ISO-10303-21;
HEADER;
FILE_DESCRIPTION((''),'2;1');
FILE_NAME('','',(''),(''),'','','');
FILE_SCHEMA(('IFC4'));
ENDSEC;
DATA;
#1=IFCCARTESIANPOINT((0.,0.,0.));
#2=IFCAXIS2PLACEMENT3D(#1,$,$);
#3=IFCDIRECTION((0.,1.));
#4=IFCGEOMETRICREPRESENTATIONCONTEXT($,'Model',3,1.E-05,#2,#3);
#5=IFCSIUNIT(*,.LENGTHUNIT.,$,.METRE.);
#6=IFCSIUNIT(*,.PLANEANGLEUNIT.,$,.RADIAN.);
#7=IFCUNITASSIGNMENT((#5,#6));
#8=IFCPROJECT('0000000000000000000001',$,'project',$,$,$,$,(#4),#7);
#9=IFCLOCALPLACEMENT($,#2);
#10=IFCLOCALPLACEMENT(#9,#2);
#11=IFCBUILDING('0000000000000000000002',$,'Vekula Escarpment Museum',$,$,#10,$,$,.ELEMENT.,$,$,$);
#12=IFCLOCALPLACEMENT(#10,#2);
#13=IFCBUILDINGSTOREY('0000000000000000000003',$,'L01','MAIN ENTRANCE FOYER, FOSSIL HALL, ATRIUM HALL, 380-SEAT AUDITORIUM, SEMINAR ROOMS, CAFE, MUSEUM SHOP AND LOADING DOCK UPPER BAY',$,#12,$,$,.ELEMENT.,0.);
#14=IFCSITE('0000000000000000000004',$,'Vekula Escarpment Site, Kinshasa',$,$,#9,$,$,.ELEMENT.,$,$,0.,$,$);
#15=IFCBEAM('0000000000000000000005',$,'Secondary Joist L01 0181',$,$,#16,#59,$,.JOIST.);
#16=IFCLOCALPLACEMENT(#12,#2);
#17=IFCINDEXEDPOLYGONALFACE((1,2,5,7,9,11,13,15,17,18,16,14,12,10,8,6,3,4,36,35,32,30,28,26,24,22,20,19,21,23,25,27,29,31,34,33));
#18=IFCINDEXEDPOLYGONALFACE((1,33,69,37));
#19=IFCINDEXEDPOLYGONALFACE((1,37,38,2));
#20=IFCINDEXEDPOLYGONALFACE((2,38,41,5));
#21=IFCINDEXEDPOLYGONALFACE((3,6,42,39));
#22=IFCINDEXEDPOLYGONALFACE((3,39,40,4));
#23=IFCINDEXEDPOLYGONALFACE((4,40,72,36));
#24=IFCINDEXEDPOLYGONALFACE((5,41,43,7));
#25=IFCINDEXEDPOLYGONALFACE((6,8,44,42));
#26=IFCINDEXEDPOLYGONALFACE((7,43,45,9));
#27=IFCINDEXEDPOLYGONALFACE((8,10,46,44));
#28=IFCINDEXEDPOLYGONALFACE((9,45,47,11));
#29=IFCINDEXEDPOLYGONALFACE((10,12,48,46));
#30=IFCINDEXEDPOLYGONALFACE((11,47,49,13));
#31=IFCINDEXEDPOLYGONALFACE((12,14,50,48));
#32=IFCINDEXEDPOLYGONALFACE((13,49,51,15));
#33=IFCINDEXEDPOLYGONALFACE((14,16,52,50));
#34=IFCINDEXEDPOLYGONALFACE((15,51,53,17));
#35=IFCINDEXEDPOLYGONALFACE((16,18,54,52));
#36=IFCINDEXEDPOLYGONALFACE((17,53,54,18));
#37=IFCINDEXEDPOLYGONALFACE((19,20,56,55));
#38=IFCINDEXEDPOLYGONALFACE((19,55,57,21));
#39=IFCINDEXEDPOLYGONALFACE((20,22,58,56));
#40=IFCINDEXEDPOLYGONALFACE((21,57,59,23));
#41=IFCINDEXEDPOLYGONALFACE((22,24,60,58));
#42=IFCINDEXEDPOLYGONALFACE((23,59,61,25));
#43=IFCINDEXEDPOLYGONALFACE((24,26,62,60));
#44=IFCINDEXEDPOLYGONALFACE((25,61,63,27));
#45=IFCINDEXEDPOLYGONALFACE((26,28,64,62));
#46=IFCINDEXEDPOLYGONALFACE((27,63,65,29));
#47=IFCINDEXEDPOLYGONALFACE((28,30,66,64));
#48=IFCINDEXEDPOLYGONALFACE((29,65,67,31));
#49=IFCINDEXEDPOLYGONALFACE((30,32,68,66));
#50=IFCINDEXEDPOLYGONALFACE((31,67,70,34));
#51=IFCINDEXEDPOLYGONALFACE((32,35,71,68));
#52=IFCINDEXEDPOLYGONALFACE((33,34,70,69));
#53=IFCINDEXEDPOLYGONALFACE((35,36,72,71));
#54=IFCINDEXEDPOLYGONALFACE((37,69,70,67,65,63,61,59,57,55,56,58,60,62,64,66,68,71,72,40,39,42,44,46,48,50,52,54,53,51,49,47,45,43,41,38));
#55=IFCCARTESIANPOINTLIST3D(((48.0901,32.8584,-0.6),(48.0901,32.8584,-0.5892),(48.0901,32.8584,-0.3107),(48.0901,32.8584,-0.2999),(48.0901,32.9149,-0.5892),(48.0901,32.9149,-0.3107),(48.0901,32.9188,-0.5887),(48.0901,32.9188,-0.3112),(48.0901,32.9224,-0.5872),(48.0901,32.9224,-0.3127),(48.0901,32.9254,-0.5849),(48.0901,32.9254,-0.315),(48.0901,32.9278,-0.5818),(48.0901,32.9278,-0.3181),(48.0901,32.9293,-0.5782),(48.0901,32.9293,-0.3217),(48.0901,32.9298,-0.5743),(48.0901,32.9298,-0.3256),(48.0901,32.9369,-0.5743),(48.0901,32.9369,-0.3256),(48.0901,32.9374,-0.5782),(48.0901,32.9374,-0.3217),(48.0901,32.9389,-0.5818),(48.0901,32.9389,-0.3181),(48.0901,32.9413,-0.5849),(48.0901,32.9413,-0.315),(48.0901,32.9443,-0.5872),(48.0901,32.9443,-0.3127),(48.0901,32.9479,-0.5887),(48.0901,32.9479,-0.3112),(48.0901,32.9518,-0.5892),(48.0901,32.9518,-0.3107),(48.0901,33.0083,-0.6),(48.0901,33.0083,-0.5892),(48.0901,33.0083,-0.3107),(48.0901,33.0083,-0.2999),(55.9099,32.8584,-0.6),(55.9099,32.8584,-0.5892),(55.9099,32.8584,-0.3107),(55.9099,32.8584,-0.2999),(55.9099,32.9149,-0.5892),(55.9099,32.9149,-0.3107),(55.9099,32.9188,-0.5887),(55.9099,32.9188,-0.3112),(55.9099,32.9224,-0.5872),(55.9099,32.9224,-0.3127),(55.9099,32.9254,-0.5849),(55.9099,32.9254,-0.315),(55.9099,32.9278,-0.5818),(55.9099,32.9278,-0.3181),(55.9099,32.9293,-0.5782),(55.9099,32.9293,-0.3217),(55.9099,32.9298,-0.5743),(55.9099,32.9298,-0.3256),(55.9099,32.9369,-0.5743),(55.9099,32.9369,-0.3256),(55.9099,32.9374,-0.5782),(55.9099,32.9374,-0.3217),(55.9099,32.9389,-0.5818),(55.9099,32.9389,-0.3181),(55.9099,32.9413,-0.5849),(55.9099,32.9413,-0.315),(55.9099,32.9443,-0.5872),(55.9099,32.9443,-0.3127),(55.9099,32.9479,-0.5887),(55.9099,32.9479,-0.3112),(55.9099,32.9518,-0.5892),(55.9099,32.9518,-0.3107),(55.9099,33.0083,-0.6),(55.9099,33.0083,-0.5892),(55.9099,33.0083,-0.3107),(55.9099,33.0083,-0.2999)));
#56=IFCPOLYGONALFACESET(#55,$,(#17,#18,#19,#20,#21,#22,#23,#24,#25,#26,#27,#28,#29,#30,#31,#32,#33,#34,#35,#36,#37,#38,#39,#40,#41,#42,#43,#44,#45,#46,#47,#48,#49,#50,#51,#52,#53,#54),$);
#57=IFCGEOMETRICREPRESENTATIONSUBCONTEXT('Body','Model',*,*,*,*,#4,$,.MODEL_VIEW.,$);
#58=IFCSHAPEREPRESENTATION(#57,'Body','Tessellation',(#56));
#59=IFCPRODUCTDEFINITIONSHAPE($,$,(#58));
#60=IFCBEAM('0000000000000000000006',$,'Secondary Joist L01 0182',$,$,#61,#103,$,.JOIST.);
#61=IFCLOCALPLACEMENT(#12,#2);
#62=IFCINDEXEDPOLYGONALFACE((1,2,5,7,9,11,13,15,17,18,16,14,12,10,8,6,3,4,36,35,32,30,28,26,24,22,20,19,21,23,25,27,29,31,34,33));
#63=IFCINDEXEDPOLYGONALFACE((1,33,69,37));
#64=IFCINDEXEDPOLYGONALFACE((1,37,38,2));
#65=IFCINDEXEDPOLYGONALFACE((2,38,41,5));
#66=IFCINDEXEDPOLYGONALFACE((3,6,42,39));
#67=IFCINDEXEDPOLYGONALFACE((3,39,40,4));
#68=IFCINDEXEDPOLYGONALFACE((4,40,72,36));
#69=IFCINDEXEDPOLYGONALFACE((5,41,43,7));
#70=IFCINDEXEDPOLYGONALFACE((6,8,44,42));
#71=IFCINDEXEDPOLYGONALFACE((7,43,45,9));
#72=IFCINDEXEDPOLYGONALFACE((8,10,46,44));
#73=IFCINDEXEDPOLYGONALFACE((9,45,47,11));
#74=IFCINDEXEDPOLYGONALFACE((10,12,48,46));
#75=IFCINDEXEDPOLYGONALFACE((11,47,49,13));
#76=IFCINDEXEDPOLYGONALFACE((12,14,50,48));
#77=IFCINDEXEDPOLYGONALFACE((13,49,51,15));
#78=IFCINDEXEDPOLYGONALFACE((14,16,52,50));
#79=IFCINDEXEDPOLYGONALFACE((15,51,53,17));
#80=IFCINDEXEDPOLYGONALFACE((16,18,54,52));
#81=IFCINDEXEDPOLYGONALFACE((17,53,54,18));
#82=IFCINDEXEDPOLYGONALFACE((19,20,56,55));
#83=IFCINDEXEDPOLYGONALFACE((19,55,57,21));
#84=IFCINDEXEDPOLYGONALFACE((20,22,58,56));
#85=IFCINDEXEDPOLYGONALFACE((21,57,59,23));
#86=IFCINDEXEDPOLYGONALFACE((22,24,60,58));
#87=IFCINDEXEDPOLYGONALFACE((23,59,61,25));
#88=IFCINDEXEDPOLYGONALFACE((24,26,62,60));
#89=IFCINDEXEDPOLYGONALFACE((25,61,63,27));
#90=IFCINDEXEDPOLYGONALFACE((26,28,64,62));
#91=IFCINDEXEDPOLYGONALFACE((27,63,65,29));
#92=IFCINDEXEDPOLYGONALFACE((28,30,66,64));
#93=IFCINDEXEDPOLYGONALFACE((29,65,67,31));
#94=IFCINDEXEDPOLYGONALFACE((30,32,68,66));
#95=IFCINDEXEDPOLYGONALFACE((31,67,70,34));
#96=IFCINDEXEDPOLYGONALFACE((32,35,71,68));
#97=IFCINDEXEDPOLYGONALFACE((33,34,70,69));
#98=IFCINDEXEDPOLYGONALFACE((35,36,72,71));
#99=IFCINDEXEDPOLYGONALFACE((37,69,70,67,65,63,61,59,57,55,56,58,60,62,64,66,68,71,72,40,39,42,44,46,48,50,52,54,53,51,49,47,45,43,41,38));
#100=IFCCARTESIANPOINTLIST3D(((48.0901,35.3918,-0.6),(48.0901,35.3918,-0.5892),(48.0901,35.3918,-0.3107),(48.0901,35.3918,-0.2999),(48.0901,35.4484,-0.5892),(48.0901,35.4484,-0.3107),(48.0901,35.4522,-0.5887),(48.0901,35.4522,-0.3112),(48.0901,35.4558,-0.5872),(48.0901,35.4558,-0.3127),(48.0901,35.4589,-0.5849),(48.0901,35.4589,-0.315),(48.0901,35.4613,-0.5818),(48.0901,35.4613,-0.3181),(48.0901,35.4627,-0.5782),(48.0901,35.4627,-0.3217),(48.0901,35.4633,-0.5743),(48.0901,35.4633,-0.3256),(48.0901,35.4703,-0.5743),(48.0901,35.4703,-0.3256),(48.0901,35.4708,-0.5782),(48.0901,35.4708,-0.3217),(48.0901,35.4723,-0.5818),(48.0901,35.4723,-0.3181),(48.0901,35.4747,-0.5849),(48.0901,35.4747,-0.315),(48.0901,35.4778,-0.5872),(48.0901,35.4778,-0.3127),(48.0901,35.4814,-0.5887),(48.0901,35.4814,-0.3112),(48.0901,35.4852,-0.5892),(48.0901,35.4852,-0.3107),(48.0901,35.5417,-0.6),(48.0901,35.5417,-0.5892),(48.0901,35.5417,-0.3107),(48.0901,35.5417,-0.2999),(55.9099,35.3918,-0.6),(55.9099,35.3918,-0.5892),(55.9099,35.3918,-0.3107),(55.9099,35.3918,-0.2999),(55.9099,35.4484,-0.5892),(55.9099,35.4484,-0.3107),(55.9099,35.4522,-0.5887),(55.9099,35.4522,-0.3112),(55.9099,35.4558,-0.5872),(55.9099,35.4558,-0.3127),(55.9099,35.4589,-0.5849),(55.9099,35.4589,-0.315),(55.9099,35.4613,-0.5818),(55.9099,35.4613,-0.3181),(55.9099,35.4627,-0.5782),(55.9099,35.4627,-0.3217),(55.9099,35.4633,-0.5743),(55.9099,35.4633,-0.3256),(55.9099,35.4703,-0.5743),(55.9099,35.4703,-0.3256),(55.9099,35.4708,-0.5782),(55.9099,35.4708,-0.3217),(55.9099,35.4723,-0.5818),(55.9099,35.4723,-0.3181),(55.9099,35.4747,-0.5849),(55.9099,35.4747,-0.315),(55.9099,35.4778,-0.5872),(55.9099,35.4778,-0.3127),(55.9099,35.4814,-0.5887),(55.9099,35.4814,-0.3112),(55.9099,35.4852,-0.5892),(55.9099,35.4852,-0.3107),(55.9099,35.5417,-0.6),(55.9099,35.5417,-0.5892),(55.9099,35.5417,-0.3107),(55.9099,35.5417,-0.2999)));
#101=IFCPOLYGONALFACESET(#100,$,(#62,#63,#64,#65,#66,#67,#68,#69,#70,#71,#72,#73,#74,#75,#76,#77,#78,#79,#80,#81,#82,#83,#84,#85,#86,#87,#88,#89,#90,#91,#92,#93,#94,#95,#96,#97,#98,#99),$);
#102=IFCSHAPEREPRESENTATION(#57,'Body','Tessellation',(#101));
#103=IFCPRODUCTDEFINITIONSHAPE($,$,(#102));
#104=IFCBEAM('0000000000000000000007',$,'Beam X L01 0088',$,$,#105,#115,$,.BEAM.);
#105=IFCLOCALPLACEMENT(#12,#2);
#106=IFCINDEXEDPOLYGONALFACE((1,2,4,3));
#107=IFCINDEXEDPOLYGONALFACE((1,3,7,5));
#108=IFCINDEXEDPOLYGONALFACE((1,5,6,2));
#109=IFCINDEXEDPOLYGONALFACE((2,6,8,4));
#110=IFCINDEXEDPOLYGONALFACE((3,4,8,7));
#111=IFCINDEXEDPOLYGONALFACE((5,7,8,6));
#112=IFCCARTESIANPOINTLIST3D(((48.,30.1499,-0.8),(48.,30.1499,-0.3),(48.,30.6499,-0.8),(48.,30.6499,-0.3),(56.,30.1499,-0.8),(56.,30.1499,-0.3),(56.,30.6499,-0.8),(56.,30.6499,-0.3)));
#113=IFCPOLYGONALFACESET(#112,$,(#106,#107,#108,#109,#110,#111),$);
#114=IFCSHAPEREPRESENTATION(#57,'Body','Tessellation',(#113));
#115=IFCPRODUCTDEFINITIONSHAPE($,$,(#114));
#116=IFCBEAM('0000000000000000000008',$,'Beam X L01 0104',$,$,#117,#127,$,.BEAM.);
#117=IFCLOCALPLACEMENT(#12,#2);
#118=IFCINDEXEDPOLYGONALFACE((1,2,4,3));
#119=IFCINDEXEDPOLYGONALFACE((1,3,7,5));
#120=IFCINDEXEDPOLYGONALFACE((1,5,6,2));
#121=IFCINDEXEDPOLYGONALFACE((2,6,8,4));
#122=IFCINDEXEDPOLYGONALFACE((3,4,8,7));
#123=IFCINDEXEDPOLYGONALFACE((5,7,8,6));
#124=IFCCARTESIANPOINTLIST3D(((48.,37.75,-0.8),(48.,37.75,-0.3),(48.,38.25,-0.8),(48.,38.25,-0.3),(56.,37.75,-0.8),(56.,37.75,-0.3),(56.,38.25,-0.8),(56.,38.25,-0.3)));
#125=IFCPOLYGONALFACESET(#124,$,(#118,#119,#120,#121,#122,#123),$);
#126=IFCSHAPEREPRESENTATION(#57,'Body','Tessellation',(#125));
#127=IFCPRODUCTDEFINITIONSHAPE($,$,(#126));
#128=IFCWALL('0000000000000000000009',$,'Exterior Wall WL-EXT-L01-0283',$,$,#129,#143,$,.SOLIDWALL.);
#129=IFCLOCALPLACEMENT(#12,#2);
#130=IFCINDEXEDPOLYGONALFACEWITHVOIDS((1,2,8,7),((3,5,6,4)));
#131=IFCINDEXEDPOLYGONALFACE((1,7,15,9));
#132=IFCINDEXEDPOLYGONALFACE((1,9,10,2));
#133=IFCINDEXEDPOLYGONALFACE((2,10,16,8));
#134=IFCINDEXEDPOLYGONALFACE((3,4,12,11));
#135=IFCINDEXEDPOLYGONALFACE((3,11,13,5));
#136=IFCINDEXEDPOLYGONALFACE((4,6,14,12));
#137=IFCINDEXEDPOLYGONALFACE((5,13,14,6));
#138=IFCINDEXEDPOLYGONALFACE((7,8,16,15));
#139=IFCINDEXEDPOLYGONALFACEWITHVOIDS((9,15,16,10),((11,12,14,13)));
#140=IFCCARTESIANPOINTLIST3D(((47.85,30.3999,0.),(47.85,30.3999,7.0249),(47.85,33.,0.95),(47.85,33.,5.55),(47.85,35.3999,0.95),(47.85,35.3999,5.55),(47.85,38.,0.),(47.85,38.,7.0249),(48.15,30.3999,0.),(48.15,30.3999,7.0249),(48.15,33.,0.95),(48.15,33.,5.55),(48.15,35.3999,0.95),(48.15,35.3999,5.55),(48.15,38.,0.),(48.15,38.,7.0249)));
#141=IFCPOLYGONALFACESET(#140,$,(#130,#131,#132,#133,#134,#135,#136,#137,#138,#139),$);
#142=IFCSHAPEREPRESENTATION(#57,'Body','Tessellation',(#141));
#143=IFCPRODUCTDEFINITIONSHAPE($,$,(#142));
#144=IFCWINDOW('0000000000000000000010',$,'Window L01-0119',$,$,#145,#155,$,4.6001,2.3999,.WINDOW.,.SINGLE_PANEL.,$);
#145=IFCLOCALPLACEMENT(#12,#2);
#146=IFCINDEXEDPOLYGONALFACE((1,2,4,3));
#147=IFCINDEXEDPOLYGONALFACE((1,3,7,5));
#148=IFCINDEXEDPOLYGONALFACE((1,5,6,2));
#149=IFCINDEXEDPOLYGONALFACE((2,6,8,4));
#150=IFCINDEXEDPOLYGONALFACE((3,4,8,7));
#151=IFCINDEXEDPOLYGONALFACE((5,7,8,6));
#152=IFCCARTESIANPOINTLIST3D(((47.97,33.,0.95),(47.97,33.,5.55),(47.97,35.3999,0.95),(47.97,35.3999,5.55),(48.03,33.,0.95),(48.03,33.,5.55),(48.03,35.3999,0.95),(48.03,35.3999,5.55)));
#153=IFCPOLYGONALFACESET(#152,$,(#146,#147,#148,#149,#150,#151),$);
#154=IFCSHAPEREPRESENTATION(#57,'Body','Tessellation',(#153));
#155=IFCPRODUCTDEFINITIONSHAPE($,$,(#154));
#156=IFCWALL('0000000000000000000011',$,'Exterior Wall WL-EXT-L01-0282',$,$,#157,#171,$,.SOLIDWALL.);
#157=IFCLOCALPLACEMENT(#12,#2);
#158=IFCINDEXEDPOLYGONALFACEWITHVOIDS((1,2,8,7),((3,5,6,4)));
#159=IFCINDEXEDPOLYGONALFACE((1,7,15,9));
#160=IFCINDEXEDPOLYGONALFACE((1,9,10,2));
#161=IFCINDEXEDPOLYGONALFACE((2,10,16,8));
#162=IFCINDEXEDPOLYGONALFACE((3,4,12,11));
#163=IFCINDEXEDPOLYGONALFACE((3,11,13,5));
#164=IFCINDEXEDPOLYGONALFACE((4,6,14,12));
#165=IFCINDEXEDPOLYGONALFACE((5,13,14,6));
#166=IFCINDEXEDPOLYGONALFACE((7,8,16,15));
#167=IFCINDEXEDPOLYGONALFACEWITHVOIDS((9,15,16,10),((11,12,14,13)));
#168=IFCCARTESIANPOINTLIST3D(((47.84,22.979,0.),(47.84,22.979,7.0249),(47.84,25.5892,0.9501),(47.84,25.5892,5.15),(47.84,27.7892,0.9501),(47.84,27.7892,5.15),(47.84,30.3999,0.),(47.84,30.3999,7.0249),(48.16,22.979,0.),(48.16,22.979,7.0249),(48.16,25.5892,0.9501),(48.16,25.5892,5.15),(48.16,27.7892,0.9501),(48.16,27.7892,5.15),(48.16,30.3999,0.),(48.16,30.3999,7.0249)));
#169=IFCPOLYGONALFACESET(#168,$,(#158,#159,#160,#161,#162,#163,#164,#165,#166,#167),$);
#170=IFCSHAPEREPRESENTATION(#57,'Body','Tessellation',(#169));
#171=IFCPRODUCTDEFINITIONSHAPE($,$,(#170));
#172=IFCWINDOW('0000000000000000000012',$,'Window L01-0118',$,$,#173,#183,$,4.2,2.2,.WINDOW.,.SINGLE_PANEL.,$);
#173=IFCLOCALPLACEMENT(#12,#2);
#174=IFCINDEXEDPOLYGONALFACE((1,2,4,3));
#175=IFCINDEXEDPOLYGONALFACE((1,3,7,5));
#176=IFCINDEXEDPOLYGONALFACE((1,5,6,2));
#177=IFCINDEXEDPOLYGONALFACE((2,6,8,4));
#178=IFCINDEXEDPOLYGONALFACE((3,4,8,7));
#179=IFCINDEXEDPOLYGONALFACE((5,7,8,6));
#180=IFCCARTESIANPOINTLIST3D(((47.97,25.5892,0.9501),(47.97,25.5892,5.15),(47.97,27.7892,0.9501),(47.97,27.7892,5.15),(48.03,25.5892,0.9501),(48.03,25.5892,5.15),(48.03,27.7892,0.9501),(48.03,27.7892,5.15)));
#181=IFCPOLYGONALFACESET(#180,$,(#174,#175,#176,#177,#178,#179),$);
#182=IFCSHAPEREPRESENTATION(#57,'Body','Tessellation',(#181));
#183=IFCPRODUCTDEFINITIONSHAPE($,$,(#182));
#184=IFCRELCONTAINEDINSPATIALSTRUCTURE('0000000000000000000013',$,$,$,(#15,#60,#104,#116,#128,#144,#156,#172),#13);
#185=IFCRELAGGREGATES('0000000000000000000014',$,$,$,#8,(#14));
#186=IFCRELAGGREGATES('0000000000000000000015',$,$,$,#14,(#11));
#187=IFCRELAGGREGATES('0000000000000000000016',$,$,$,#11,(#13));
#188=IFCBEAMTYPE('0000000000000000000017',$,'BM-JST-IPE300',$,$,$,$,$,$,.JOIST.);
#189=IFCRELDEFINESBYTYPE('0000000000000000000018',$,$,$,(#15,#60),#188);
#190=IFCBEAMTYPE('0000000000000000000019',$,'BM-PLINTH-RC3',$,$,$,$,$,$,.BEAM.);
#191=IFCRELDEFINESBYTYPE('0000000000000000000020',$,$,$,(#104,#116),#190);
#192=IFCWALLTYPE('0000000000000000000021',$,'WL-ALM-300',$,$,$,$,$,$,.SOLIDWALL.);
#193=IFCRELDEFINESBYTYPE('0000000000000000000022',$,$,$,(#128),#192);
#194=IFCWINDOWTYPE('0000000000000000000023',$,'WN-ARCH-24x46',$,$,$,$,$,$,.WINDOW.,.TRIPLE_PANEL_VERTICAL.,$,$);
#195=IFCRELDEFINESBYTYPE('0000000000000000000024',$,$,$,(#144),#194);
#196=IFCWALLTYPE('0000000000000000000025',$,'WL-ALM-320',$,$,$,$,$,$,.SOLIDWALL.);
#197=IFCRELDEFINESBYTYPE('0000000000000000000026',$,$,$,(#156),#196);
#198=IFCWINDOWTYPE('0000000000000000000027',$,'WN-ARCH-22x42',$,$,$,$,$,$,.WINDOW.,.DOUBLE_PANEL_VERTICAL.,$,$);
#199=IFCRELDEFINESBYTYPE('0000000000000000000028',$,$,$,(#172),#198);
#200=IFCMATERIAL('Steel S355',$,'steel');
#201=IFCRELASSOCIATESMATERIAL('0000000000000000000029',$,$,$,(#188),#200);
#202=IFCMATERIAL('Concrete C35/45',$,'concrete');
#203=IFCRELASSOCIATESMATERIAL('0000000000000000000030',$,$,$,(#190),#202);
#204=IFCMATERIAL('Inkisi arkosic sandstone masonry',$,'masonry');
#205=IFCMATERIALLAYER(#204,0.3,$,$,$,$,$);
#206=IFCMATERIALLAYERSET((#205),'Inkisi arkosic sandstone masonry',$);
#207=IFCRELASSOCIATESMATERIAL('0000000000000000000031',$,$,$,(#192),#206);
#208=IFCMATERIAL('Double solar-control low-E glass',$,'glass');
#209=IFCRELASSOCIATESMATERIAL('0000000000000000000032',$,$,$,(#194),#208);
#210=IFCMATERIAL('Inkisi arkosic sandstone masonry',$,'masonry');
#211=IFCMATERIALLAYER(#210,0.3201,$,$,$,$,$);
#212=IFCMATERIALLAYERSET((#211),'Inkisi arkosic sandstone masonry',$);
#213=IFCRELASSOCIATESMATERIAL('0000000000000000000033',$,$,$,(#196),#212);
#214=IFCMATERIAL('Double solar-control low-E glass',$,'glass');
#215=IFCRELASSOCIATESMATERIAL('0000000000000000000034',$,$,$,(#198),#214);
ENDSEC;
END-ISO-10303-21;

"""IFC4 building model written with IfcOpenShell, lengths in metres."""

from ifc_helpers import new_model, si_unit, direction, frame, frame_2d, origin, origin_2d, place, context, subcontext, project, spatial, rectangle, i_section, extrude, material, layer, layer_set, material_profile, profile_set, type_object, element, fill, save


model = new_model("IFC4")

# Units and contexts
model_context = context("Model", 3, precision=1e-05, world=origin(), true_north=direction((0.0, 1.0)))
body_context = subcontext(model_context, "Body", "Model", "MODEL_VIEW")
ifc_project = project(units=[si_unit("LENGTHUNIT", "METRE"), si_unit("PLANEANGLEUNIT", "RADIAN")], contexts=[model_context])

# Site, building, storey
site_placement = place(None, origin())
site = spatial("IfcSite", under=ifc_project, at=site_placement, Name="Vekula Escarpment Site, Kinshasa", CompositionType="ELEMENT", RefElevation=0.0)
building_placement = place(site_placement, origin())
building = spatial("IfcBuilding", under=site, at=building_placement, Name="Vekula Escarpment Museum", CompositionType="ELEMENT")
storey_placement = place(building_placement, origin())
storey = spatial("IfcBuildingStorey", under=building, at=storey_placement, Name="L01", Description="MAIN ENTRANCE FOYER, FOSSIL HALL, ATRIUM HALL, 380-SEAT AUDITORIUM, SEMINAR ROOMS, CAFE, MUSEUM SHOP AND LOADING DOCK UPPER BAY", CompositionType="ELEMENT", Elevation=0.0)

# Beams
ifc_material_1 = material(Name="Steel S355", Category="steel")
ifc_material_profile_1 = material_profile(ifc_material_1, i_section(OverallWidth=0.1499, OverallDepth=0.3, WebThickness=0.0071, FlangeThickness=0.0107, FilletRadius=0.0149, at=origin_2d()), Name="IPE 300")
ifc_profile_set_1 = profile_set([ifc_material_profile_1], Name="Steel S355")
beam_type_1 = type_object("IfcBeamType", Name="BM-JST-IPE300", PredefinedType="JOIST", material=ifc_profile_set_1)
for number, where, z_axis, x_axis, name in (
    (1, (48.0901, 32.9333, -0.45), (1.0, 0.0, 0.0), (0.0, 1.0, 0.0), "Secondary Joist L01 0181"),
    (2, (48.0901, 35.4668, -0.45), (1.0, 0.0, 0.0), (0.0, 1.0, 0.0), "Secondary Joist L01 0182"),
):
    element("IfcBeam", number, at=place(storey_placement, frame(where, z_axis=z_axis, x_axis=x_axis)), inside=storey, type_object=beam_type_1, Name=name, PredefinedType="JOIST", context=body_context, shape_type="SweptSolid", body=[
        extrude(i_section(OverallWidth=0.1499, OverallDepth=0.3, WebThickness=0.0071, FlangeThickness=0.0107, FilletRadius=0.0149, at=origin_2d()), origin(), (0.0, 0.0, 1.0), 7.8198),
    ])
ifc_material_2 = material(Name="Concrete C35/45", Category="concrete")
ifc_material_profile_2 = material_profile(ifc_material_2, rectangle(XDim=0.5, YDim=0.5, at=origin_2d()), Name="RC 500x500")
ifc_profile_set_2 = profile_set([ifc_material_profile_2], Name="Concrete C35/45")
beam_type_2 = type_object("IfcBeamType", Name="BM-PLINTH-RC3", PredefinedType="BEAM", material=ifc_profile_set_2)
for number, where, z_axis, x_axis, name in (
    (3, (48.0, 30.3999, -0.55), (1.0, 0.0, 0.0), (0.0, 1.0, 0.0), "Beam X L01 0088"),
    (4, (48.0, 38.0, -0.55), (1.0, 0.0, 0.0), (0.0, 1.0, 0.0), "Beam X L01 0104"),
):
    element("IfcBeam", number, at=place(storey_placement, frame(where, z_axis=z_axis, x_axis=x_axis)), inside=storey, type_object=beam_type_2, Name=name, PredefinedType="BEAM", context=body_context, shape_type="SweptSolid", body=[
        extrude(rectangle(XDim=0.5, YDim=0.5, at=origin_2d()), origin(), (0.0, 0.0, 1.0), 8.0),
    ])

# Walls, openings, windows
ifc_material_3 = material(Name="Inkisi arkosic sandstone masonry", Category="masonry")
ifc_layer_1 = layer(ifc_material_3, 0.3)
ifc_layer_set_1 = layer_set([ifc_layer_1], Name="Inkisi arkosic sandstone masonry")
wall_type_1 = type_object("IfcWallType", Name="WL-ALM-300", PredefinedType="SOLIDWALL", material=ifc_layer_set_1)
wall_1_placement = place(storey_placement, frame((48.0, 38.0, 0.0), z_axis=(0.0, 0.0, 1.0), x_axis=(0.0, -1.0, 0.0)))
wall_1 = element("IfcWall", 5, at=wall_1_placement, inside=storey, type_object=wall_type_1, Name="Exterior Wall WL-EXT-L01-0283", PredefinedType="SOLIDWALL", context=body_context, shape_type="SweptSolid", body=[
    extrude(rectangle(XDim=7.6001, YDim=0.3, at=frame_2d((3.8, 0.0))), origin(), (0.0, 0.0, 1.0), 7.0249),
])
opening_1_placement = place(wall_1_placement, frame((2.6001, 0.0, 0.95)))
opening_1 = element("IfcOpeningElement", 6, at=opening_1_placement, cuts=wall_1, PredefinedType="OPENING", context=body_context, shape_type="SweptSolid", body=[
    extrude(rectangle(XDim=2.3999, YDim=4.6001, at=frame_2d((1.2, 2.3))), frame((0.0, 0.1599, 0.0), z_axis=(0.0, -1.0, 0.0), x_axis=(1.0, 0.0, 0.0)), (0.0, 0.0, 1.0), 0.3201),
])
ifc_material_4 = material(Name="Double solar-control low-E glass", Category="glass")
window_type_1 = type_object("IfcWindowType", Name="WN-ARCH-24x46", PartitioningType="TRIPLE_PANEL_VERTICAL", PredefinedType="WINDOW", material=ifc_material_4)
window_1_placement = place(opening_1_placement, origin())
window_1 = element("IfcWindow", 7, at=window_1_placement, inside=storey, type_object=window_type_1, Name="Window L01-0119", OverallHeight=4.6001, OverallWidth=2.3999, PartitioningType="SINGLE_PANEL", PredefinedType="WINDOW", context=body_context, shape_type="SweptSolid", body=[
    extrude(rectangle(XDim=2.3999, YDim=4.6001, at=frame_2d((1.2, 2.3))), frame((0.0, 0.03, 0.0), z_axis=(0.0, -1.0, 0.0), x_axis=(1.0, 0.0, 0.0)), (0.0, 0.0, 1.0), 0.0601),
])
fill(opening_1, window_1)
ifc_material_5 = material(Name="Inkisi arkosic sandstone masonry", Category="masonry")
ifc_layer_2 = layer(ifc_material_5, 0.3201)
ifc_layer_set_2 = layer_set([ifc_layer_2], Name="Inkisi arkosic sandstone masonry")
wall_type_2 = type_object("IfcWallType", Name="WL-ALM-320", PredefinedType="SOLIDWALL", material=ifc_layer_set_2)
wall_2_placement = place(storey_placement, frame((48.0, 30.3999, 0.0), z_axis=(0.0, 0.0, 1.0), x_axis=(0.0, -1.0, 0.0)))
wall_2 = element("IfcWall", 8, at=wall_2_placement, inside=storey, type_object=wall_type_2, Name="Exterior Wall WL-EXT-L01-0282", PredefinedType="SOLIDWALL", context=body_context, shape_type="SweptSolid", body=[
    extrude(rectangle(XDim=7.4209, YDim=0.3201, at=frame_2d((3.7104, 0.0))), origin(), (0.0, 0.0, 1.0), 7.0249),
])
opening_2_placement = place(wall_2_placement, frame((2.6106, 0.0, 0.95)))
opening_2 = element("IfcOpeningElement", 9, at=opening_2_placement, cuts=wall_2, PredefinedType="OPENING", context=body_context, shape_type="SweptSolid", body=[
    extrude(rectangle(XDim=2.2, YDim=4.2, at=frame_2d((1.1001, 2.1001))), frame((0.0, 0.1699, 0.0), z_axis=(0.0, -1.0, 0.0), x_axis=(1.0, 0.0, 0.0)), (0.0, 0.0, 1.0), 0.3401),
])
ifc_material_6 = material(Name="Double solar-control low-E glass", Category="glass")
window_type_2 = type_object("IfcWindowType", Name="WN-ARCH-22x42", PartitioningType="DOUBLE_PANEL_VERTICAL", PredefinedType="WINDOW", material=ifc_material_6)
window_2_placement = place(opening_2_placement, origin())
window_2 = element("IfcWindow", 10, at=window_2_placement, inside=storey, type_object=window_type_2, Name="Window L01-0118", OverallHeight=4.2, OverallWidth=2.2, PartitioningType="SINGLE_PANEL", PredefinedType="WINDOW", context=body_context, shape_type="SweptSolid", body=[
    extrude(rectangle(XDim=2.2, YDim=4.2, at=frame_2d((1.1001, 2.1001))), frame((0.0, 0.03, 0.0), z_axis=(0.0, -1.0, 0.0), x_axis=(1.0, 0.0, 0.0)), (0.0, 0.0, 1.0), 0.0601),
])
fill(opening_2, window_2)

save(model, "model.ifc")
